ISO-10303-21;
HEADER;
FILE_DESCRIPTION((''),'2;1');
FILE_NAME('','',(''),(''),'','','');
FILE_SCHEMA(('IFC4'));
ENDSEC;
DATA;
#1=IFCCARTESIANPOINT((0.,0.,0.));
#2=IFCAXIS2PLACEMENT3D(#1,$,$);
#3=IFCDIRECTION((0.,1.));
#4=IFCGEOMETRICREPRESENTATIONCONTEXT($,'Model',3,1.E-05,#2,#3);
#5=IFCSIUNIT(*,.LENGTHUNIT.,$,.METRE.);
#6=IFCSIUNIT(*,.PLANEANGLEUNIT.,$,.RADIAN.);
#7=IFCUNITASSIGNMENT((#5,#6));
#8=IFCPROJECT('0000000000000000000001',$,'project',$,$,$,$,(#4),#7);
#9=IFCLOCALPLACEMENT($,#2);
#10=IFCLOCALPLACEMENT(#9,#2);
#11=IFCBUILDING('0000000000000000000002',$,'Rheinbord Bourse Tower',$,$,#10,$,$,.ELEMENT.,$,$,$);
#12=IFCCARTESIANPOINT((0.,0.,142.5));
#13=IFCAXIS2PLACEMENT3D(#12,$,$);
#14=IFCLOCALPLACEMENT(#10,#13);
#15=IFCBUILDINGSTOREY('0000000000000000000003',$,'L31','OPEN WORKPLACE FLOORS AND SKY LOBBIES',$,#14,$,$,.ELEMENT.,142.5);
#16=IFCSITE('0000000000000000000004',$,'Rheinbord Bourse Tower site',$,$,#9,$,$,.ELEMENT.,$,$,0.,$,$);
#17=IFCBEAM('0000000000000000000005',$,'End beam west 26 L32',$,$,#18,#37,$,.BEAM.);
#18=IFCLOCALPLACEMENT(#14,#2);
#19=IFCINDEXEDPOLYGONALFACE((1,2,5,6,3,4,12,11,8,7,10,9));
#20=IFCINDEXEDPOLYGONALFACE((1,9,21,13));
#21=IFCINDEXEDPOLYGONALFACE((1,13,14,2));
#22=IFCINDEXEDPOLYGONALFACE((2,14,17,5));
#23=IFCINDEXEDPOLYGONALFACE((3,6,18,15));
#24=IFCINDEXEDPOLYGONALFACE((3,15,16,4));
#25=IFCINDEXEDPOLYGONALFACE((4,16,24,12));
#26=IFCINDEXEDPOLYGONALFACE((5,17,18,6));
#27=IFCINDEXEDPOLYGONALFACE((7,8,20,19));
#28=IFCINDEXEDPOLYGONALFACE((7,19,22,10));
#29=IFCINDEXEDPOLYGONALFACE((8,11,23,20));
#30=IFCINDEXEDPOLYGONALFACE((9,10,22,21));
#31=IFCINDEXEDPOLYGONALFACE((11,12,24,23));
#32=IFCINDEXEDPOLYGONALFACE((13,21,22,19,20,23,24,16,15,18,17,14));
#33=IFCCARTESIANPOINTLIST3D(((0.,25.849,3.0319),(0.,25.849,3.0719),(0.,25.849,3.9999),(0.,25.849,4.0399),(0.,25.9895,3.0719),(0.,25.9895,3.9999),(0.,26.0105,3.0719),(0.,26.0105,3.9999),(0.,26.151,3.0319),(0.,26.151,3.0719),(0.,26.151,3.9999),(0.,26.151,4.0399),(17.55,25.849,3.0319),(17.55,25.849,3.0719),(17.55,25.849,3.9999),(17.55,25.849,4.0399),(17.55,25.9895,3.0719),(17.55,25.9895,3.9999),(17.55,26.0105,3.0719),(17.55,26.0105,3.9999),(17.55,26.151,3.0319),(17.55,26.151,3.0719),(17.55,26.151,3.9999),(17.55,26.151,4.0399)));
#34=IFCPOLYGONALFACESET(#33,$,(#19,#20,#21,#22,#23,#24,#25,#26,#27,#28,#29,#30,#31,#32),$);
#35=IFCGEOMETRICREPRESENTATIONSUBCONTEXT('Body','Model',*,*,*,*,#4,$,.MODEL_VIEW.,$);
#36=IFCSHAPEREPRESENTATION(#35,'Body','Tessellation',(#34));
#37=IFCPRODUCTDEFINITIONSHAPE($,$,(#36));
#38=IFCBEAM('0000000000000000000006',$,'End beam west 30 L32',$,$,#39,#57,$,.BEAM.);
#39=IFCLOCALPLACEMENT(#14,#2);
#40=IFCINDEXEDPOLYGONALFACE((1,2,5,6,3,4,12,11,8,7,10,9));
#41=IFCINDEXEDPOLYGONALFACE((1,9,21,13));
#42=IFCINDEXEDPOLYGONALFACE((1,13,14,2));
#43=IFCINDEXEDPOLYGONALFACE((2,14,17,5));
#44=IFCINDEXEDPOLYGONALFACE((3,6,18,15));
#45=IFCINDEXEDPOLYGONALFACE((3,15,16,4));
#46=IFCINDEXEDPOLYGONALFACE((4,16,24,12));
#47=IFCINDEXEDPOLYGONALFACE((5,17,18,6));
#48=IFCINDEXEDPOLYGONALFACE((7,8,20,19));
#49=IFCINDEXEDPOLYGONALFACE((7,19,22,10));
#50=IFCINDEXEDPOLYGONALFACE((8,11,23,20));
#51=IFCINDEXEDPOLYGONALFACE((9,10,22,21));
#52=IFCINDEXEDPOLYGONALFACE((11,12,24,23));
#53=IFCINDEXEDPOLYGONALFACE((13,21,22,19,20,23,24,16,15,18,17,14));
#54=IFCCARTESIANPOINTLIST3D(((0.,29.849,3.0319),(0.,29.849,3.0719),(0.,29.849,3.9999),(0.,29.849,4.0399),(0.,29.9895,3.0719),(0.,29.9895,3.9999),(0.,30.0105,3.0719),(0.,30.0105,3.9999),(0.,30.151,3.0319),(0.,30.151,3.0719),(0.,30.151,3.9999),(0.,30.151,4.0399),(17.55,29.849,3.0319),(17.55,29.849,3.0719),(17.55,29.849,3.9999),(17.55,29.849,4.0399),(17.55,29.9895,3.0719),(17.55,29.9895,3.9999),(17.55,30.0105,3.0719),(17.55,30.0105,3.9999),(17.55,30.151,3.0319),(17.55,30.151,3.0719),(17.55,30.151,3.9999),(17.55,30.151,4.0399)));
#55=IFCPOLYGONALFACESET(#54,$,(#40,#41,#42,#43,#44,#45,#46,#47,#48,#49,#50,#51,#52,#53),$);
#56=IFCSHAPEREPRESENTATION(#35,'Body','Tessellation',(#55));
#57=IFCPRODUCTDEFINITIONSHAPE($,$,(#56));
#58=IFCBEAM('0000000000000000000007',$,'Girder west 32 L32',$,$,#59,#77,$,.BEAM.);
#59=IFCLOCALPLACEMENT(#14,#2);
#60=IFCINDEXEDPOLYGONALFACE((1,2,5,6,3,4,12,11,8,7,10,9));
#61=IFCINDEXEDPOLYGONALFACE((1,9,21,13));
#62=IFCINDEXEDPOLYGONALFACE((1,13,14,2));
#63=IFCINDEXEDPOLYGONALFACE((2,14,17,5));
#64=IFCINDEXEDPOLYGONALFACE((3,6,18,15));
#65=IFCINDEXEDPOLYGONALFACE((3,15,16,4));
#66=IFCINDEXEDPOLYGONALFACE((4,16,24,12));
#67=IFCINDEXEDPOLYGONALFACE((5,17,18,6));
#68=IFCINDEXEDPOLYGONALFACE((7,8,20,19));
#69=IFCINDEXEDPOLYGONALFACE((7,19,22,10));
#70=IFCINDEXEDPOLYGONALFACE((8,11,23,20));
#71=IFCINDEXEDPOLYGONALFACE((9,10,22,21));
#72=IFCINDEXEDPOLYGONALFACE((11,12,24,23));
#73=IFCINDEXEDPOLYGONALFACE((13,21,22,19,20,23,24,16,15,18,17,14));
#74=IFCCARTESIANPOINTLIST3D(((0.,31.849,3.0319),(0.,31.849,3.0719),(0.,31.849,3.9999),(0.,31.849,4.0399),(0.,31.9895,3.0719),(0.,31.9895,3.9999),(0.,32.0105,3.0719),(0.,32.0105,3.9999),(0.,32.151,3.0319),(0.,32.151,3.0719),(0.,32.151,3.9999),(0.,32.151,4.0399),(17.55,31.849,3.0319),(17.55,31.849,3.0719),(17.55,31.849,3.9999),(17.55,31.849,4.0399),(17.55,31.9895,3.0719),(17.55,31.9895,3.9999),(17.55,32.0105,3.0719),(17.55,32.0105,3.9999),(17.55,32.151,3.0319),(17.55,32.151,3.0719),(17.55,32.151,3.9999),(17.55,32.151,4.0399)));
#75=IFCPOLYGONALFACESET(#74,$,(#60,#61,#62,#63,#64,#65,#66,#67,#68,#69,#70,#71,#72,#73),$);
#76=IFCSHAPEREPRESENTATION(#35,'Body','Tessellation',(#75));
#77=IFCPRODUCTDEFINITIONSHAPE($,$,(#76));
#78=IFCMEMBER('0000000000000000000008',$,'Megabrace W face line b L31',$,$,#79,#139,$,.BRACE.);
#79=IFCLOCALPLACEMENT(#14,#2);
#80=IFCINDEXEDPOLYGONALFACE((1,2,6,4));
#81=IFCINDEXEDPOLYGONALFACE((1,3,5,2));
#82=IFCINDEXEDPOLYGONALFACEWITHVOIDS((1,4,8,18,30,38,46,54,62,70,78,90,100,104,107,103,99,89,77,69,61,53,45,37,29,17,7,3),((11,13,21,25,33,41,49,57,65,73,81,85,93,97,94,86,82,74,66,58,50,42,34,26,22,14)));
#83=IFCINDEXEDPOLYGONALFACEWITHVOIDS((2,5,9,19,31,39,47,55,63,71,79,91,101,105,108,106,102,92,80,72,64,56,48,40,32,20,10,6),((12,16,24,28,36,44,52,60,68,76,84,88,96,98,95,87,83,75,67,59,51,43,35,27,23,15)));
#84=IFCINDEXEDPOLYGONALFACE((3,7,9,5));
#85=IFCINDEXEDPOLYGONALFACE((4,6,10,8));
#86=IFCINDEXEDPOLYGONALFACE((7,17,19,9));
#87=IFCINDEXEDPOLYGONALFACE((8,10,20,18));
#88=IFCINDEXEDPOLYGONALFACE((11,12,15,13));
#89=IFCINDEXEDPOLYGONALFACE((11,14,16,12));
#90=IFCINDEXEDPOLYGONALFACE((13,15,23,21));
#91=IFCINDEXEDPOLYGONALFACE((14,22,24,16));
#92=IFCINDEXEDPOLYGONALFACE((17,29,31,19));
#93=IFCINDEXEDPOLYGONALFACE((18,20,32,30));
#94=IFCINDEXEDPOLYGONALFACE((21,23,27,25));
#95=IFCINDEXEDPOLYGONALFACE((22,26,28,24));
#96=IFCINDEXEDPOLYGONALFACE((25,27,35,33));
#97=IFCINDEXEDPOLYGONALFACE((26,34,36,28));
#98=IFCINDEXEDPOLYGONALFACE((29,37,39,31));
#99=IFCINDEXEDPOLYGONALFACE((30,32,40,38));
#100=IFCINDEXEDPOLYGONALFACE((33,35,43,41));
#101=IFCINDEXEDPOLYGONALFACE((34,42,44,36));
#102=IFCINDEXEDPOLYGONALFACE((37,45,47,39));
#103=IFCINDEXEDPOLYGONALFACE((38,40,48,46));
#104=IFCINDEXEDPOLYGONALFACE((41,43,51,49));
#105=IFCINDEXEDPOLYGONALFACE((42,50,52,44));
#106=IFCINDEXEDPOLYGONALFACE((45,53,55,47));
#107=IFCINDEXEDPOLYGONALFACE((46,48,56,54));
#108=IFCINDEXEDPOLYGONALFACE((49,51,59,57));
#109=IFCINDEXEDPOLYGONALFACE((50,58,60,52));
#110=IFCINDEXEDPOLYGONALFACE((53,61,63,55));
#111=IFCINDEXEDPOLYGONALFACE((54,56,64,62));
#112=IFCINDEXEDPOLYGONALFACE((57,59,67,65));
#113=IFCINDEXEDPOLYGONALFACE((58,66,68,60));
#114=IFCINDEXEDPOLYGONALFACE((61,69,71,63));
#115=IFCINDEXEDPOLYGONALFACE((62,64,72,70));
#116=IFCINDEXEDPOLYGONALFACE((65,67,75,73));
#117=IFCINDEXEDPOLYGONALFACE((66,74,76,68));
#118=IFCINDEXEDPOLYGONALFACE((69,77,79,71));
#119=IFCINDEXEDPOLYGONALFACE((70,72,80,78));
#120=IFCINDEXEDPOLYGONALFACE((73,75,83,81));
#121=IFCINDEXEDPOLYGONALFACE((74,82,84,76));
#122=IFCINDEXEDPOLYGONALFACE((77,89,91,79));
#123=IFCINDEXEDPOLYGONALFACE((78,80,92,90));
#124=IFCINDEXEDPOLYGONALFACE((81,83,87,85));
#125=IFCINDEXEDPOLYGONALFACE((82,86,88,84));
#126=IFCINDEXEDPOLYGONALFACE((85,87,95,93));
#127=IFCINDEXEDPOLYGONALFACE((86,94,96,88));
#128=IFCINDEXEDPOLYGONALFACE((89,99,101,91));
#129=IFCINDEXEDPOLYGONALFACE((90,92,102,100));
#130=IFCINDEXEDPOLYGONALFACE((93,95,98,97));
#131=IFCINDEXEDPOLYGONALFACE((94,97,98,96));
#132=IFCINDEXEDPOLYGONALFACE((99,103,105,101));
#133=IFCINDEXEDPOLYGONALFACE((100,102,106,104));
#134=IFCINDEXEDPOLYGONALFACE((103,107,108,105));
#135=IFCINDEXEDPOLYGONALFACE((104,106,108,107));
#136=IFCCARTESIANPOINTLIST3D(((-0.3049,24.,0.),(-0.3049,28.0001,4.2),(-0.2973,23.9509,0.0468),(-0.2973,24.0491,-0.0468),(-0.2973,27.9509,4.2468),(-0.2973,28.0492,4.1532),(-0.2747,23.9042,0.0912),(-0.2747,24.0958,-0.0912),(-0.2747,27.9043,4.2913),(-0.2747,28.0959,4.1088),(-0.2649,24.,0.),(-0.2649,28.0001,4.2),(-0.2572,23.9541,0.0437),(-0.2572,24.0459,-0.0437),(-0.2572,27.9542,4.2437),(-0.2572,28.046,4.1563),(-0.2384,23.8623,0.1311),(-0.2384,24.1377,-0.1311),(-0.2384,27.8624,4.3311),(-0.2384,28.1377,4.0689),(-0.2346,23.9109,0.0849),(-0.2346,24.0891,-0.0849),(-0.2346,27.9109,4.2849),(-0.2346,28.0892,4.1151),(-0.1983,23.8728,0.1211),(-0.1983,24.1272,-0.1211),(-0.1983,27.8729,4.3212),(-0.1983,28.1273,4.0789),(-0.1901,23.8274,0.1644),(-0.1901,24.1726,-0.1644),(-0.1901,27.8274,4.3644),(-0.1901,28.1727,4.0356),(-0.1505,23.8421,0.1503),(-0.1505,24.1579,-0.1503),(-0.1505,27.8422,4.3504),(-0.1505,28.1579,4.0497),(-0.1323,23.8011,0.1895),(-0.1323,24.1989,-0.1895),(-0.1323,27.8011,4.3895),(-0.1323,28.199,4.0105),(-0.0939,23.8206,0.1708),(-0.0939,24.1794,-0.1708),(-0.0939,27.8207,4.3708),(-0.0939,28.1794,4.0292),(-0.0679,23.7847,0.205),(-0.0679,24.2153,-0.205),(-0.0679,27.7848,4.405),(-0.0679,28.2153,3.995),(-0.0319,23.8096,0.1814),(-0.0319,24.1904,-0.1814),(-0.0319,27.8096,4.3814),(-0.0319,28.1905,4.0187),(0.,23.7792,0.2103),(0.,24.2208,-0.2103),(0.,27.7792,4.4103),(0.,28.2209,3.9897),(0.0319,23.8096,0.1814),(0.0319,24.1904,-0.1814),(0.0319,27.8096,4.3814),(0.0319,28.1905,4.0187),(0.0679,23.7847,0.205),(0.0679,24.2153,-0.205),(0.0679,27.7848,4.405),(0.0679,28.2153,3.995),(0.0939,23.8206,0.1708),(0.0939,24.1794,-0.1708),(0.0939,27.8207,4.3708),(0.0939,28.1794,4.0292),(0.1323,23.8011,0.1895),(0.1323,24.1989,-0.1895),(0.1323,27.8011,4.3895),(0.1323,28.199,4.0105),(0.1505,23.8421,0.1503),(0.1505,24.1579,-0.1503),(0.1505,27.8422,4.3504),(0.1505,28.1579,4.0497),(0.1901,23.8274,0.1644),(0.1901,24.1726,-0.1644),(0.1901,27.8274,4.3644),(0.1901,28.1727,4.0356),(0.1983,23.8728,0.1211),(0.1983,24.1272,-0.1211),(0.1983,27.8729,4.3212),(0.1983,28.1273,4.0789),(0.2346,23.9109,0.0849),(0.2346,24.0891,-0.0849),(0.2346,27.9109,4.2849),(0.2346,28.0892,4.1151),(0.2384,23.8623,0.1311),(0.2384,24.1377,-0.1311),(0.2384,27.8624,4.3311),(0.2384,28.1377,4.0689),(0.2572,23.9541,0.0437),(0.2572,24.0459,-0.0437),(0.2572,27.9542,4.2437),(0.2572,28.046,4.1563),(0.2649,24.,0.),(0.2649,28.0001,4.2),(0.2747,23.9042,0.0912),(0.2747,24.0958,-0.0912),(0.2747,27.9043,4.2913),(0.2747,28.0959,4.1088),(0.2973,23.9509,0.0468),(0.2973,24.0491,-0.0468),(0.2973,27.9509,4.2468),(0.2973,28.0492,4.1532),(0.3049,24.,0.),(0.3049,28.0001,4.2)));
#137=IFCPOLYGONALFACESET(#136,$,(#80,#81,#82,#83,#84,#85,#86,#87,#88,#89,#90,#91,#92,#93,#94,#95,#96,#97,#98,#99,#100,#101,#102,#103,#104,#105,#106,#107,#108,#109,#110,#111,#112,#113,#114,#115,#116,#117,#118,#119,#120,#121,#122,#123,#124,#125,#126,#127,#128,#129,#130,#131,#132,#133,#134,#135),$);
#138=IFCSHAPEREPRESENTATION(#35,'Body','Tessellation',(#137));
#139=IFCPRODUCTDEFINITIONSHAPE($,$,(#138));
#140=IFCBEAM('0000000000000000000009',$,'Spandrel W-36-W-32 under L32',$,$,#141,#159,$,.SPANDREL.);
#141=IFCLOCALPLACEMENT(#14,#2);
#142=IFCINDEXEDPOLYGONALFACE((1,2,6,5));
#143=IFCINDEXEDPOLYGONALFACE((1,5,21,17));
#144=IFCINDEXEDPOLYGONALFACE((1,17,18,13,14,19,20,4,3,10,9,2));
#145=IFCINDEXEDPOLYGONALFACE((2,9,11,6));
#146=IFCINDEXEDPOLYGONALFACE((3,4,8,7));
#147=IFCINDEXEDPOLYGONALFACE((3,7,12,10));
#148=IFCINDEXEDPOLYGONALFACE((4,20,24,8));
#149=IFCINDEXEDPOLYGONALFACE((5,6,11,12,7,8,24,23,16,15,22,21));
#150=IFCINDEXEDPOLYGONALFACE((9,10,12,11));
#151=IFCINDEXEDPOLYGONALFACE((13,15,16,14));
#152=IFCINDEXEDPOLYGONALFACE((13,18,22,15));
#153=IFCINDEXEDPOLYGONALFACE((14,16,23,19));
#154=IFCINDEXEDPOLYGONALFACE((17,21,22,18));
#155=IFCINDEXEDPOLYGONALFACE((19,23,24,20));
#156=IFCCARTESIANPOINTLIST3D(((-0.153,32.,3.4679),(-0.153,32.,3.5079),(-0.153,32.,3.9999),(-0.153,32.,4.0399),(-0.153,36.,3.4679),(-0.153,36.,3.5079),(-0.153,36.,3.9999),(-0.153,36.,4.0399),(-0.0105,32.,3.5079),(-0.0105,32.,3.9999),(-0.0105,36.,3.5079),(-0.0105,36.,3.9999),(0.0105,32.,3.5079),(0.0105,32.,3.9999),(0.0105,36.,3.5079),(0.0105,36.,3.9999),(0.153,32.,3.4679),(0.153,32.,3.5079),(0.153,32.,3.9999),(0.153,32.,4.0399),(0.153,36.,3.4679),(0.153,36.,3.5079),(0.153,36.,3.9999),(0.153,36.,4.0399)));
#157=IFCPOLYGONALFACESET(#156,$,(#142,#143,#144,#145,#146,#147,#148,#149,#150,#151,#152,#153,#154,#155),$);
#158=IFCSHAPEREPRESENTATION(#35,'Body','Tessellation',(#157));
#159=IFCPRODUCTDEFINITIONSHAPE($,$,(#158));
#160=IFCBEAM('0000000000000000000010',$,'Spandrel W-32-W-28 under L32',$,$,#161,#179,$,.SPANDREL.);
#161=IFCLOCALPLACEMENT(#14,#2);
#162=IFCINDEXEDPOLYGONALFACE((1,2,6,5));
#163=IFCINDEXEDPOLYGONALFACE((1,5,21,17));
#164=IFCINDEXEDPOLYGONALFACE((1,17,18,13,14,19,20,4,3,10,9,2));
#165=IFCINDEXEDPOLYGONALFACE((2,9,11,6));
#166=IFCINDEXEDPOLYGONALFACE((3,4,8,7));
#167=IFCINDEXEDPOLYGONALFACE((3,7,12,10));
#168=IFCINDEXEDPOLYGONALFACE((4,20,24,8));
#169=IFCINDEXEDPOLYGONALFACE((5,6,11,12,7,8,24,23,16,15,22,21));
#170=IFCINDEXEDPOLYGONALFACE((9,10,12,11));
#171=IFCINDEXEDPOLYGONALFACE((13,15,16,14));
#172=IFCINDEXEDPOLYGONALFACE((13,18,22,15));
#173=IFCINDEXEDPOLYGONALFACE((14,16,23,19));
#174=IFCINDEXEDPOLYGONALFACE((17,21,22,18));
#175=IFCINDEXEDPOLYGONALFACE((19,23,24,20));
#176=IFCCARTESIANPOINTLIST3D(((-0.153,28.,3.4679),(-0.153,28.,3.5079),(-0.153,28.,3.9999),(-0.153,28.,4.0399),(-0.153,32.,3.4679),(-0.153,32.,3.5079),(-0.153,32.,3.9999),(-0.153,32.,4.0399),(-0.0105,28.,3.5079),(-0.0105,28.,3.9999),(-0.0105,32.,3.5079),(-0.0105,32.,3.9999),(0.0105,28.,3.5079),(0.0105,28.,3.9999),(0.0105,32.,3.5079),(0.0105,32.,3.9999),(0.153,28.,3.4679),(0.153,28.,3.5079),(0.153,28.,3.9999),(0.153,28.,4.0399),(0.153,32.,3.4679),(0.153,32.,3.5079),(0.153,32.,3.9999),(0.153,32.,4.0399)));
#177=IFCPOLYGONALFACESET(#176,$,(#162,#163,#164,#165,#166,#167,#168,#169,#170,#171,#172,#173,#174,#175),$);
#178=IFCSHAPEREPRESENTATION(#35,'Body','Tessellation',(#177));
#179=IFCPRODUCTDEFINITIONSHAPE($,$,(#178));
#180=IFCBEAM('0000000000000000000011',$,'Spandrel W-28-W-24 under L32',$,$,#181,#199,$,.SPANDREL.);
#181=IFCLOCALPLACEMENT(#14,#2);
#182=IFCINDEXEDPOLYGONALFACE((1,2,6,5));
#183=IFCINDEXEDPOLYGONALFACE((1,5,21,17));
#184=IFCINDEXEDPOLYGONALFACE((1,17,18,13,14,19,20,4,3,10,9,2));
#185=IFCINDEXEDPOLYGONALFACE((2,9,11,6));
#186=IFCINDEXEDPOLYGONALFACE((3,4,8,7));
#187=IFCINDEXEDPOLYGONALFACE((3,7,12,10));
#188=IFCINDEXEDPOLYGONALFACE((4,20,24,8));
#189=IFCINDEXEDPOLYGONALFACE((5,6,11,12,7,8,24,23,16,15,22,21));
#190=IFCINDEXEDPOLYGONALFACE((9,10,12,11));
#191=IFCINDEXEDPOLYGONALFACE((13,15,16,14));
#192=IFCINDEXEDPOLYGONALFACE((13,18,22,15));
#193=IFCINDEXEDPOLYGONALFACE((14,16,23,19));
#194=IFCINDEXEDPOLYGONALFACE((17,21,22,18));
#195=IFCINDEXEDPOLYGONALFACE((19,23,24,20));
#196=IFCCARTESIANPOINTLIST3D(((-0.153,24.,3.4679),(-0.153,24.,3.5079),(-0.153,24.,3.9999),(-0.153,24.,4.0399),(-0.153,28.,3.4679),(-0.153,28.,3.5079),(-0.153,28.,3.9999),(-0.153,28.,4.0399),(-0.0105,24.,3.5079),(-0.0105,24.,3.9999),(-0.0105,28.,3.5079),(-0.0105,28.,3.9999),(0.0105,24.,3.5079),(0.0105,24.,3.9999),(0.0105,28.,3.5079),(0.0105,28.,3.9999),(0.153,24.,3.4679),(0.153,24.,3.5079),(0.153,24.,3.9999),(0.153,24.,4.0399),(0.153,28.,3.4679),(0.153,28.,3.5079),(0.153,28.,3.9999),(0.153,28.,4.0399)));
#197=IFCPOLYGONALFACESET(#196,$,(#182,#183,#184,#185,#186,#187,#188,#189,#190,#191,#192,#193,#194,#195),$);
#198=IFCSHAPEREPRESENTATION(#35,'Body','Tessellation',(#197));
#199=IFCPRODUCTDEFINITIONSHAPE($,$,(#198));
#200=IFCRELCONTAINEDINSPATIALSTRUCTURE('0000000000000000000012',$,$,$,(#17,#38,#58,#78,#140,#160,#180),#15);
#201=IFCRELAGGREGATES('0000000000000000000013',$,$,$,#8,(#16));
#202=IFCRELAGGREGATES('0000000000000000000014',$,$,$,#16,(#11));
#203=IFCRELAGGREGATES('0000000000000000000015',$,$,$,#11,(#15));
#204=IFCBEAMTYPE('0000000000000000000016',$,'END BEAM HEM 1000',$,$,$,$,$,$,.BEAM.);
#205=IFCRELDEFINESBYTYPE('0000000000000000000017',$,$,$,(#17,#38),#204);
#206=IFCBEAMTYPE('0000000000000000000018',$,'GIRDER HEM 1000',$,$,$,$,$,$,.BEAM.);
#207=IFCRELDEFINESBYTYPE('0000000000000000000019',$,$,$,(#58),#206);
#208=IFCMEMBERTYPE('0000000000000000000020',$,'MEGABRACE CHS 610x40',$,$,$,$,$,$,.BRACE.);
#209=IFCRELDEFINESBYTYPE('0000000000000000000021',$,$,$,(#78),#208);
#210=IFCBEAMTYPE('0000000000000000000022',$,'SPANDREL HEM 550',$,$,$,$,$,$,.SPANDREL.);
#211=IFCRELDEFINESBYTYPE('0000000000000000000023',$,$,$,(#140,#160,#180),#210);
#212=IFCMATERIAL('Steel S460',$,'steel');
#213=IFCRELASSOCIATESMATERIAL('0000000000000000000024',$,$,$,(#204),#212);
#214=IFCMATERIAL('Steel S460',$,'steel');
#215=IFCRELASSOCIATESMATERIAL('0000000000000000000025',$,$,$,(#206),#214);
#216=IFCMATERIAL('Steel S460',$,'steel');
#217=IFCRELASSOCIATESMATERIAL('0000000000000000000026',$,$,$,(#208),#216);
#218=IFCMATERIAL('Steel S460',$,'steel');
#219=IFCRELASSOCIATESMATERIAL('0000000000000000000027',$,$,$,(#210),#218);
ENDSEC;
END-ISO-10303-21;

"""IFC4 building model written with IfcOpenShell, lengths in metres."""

from ifc_helpers import new_model, si_unit, direction, frame, origin, origin_2d, place, context, subcontext, project, spatial, hollow_circle, i_section, extrude, material, material_profile, profile_set, type_object, element, save


model = new_model("IFC4")

# Units and contexts
model_context = context("Model", 3, precision=1e-05, world=origin(), true_north=direction((0.0, 1.0)))
body_context = subcontext(model_context, "Body", "Model", "MODEL_VIEW")
ifc_project = project(units=[si_unit("LENGTHUNIT", "METRE"), si_unit("PLANEANGLEUNIT", "RADIAN")], contexts=[model_context])

# Site, building, storey
site_placement = place(None, origin())
site = spatial("IfcSite", under=ifc_project, at=site_placement, Name="Rheinbord Bourse Tower site", CompositionType="ELEMENT", RefElevation=0.0)
building_placement = place(site_placement, origin())
building = spatial("IfcBuilding", under=site, at=building_placement, Name="Rheinbord Bourse Tower", CompositionType="ELEMENT")
storey_placement = place(building_placement, frame((0.0, 0.0, 142.5)))
storey = spatial("IfcBuildingStorey", under=building, at=storey_placement, Name="L31", Description="OPEN WORKPLACE FLOORS AND SKY LOBBIES", CompositionType="ELEMENT", Elevation=142.5)

# Beams
ifc_material_1 = material(Name="Steel S460", Category="steel")
ifc_material_profile_1 = material_profile(ifc_material_1, i_section(OverallWidth=0.302, OverallDepth=1.0081, WebThickness=0.021, FlangeThickness=0.04, at=origin_2d()), Name="HEM 1000")
ifc_profile_set_1 = profile_set([ifc_material_profile_1], Name="Steel S460")
beam_type_1 = type_object("IfcBeamType", Name="END BEAM HEM 1000", PredefinedType="BEAM", material=ifc_profile_set_1)
for number, where, z_axis, x_axis, name in (
    (1, (0.0, 26.0, 3.5359), (1.0, 0.0, 0.0), (0.0, 1.0, 0.0), "End beam west 26 L32"),
    (2, (0.0, 30.0, 3.5359), (1.0, 0.0, 0.0), (0.0, 1.0, 0.0), "End beam west 30 L32"),
):
    element("IfcBeam", number, at=place(storey_placement, frame(where, z_axis=z_axis, x_axis=x_axis)), inside=storey, type_object=beam_type_1, Name=name, PredefinedType="BEAM", context=body_context, shape_type="SweptSolid", body=[
        extrude(i_section(OverallWidth=0.302, OverallDepth=1.0081, WebThickness=0.021, FlangeThickness=0.04, at=origin_2d()), origin(), (0.0, 0.0, 1.0), 17.55),
    ])
ifc_material_2 = material(Name="Steel S460", Category="steel")
ifc_material_profile_2 = material_profile(ifc_material_2, i_section(OverallWidth=0.302, OverallDepth=1.0081, WebThickness=0.021, FlangeThickness=0.04, at=origin_2d()), Name="HEM 1000")
ifc_profile_set_2 = profile_set([ifc_material_profile_2], Name="Steel S460")
beam_type_2 = type_object("IfcBeamType", Name="GIRDER HEM 1000", PredefinedType="BEAM", material=ifc_profile_set_2)
beam_placement = place(storey_placement, frame((0.0, 32.0, 3.5359), z_axis=(1.0, 0.0, 0.0), x_axis=(0.0, 1.0, 0.0)))
element("IfcBeam", 3, at=beam_placement, inside=storey, type_object=beam_type_2, Name="Girder west 32 L32", PredefinedType="BEAM", context=body_context, shape_type="SweptSolid", body=[
    extrude(i_section(OverallWidth=0.302, OverallDepth=1.0081, WebThickness=0.021, FlangeThickness=0.04, at=origin_2d()), origin(), (0.0, 0.0, 1.0), 17.55),
])

# Member
ifc_material_3 = material(Name="Steel S460", Category="steel")
ifc_material_profile_3 = material_profile(ifc_material_3, hollow_circle(Radius=0.3049, WallThickness=0.04, at=origin_2d()), Name="CHS 610x40")
ifc_profile_set_3 = profile_set([ifc_material_profile_3], Name="Steel S460")
member_type_1 = type_object("IfcMemberType", Name="MEGABRACE CHS 610x40", PredefinedType="BRACE", material=ifc_profile_set_3)
member_1_placement = place(storey_placement, frame((0.0, 24.0, 0.0), z_axis=(0.0, 0.689659, 0.724134), x_axis=(-1.0, 0.0, 0.0)))
element("IfcMember", 4, at=member_1_placement, inside=storey, type_object=member_type_1, Name="Megabrace W face line b L31", PredefinedType="BRACE", context=body_context, shape_type="SweptSolid", body=[
    extrude(hollow_circle(Radius=0.3049, WallThickness=0.04, at=origin_2d()), origin(), (0.0, 0.0, 1.0), 5.8),
])

# Beams
ifc_material_4 = material(Name="Steel S460", Category="steel")
ifc_material_profile_4 = material_profile(ifc_material_4, i_section(OverallWidth=0.3059, OverallDepth=0.572, WebThickness=0.021, FlangeThickness=0.04, at=origin_2d()), Name="HEM 550")
ifc_profile_set_4 = profile_set([ifc_material_profile_4], Name="Steel S460")
beam_type_3 = type_object("IfcBeamType", Name="SPANDREL HEM 550", PredefinedType="SPANDREL", material=ifc_profile_set_4)
for number, where, z_axis, x_axis, name in (
    (5, (0.0, 36.0, 3.7539), (0.0, -1.0, 0.0), (1.0, 0.0, 0.0), "Spandrel W-36-W-32 under L32"),
    (6, (0.0, 32.0, 3.7539), (0.0, -1.0, 0.0), (1.0, 0.0, 0.0), "Spandrel W-32-W-28 under L32"),
    (7, (0.0, 28.0, 3.7539), (0.0, -1.0, 0.0), (1.0, 0.0, 0.0), "Spandrel W-28-W-24 under L32"),
):
    element("IfcBeam", number, at=place(storey_placement, frame(where, z_axis=z_axis, x_axis=x_axis)), inside=storey, type_object=beam_type_3, Name=name, PredefinedType="SPANDREL", context=body_context, shape_type="SweptSolid", body=[
        extrude(i_section(OverallWidth=0.3059, OverallDepth=0.572, WebThickness=0.021, FlangeThickness=0.04, at=origin_2d()), origin(), (0.0, 0.0, 1.0), 4.0),
    ])

save(model, "model.ifc")
